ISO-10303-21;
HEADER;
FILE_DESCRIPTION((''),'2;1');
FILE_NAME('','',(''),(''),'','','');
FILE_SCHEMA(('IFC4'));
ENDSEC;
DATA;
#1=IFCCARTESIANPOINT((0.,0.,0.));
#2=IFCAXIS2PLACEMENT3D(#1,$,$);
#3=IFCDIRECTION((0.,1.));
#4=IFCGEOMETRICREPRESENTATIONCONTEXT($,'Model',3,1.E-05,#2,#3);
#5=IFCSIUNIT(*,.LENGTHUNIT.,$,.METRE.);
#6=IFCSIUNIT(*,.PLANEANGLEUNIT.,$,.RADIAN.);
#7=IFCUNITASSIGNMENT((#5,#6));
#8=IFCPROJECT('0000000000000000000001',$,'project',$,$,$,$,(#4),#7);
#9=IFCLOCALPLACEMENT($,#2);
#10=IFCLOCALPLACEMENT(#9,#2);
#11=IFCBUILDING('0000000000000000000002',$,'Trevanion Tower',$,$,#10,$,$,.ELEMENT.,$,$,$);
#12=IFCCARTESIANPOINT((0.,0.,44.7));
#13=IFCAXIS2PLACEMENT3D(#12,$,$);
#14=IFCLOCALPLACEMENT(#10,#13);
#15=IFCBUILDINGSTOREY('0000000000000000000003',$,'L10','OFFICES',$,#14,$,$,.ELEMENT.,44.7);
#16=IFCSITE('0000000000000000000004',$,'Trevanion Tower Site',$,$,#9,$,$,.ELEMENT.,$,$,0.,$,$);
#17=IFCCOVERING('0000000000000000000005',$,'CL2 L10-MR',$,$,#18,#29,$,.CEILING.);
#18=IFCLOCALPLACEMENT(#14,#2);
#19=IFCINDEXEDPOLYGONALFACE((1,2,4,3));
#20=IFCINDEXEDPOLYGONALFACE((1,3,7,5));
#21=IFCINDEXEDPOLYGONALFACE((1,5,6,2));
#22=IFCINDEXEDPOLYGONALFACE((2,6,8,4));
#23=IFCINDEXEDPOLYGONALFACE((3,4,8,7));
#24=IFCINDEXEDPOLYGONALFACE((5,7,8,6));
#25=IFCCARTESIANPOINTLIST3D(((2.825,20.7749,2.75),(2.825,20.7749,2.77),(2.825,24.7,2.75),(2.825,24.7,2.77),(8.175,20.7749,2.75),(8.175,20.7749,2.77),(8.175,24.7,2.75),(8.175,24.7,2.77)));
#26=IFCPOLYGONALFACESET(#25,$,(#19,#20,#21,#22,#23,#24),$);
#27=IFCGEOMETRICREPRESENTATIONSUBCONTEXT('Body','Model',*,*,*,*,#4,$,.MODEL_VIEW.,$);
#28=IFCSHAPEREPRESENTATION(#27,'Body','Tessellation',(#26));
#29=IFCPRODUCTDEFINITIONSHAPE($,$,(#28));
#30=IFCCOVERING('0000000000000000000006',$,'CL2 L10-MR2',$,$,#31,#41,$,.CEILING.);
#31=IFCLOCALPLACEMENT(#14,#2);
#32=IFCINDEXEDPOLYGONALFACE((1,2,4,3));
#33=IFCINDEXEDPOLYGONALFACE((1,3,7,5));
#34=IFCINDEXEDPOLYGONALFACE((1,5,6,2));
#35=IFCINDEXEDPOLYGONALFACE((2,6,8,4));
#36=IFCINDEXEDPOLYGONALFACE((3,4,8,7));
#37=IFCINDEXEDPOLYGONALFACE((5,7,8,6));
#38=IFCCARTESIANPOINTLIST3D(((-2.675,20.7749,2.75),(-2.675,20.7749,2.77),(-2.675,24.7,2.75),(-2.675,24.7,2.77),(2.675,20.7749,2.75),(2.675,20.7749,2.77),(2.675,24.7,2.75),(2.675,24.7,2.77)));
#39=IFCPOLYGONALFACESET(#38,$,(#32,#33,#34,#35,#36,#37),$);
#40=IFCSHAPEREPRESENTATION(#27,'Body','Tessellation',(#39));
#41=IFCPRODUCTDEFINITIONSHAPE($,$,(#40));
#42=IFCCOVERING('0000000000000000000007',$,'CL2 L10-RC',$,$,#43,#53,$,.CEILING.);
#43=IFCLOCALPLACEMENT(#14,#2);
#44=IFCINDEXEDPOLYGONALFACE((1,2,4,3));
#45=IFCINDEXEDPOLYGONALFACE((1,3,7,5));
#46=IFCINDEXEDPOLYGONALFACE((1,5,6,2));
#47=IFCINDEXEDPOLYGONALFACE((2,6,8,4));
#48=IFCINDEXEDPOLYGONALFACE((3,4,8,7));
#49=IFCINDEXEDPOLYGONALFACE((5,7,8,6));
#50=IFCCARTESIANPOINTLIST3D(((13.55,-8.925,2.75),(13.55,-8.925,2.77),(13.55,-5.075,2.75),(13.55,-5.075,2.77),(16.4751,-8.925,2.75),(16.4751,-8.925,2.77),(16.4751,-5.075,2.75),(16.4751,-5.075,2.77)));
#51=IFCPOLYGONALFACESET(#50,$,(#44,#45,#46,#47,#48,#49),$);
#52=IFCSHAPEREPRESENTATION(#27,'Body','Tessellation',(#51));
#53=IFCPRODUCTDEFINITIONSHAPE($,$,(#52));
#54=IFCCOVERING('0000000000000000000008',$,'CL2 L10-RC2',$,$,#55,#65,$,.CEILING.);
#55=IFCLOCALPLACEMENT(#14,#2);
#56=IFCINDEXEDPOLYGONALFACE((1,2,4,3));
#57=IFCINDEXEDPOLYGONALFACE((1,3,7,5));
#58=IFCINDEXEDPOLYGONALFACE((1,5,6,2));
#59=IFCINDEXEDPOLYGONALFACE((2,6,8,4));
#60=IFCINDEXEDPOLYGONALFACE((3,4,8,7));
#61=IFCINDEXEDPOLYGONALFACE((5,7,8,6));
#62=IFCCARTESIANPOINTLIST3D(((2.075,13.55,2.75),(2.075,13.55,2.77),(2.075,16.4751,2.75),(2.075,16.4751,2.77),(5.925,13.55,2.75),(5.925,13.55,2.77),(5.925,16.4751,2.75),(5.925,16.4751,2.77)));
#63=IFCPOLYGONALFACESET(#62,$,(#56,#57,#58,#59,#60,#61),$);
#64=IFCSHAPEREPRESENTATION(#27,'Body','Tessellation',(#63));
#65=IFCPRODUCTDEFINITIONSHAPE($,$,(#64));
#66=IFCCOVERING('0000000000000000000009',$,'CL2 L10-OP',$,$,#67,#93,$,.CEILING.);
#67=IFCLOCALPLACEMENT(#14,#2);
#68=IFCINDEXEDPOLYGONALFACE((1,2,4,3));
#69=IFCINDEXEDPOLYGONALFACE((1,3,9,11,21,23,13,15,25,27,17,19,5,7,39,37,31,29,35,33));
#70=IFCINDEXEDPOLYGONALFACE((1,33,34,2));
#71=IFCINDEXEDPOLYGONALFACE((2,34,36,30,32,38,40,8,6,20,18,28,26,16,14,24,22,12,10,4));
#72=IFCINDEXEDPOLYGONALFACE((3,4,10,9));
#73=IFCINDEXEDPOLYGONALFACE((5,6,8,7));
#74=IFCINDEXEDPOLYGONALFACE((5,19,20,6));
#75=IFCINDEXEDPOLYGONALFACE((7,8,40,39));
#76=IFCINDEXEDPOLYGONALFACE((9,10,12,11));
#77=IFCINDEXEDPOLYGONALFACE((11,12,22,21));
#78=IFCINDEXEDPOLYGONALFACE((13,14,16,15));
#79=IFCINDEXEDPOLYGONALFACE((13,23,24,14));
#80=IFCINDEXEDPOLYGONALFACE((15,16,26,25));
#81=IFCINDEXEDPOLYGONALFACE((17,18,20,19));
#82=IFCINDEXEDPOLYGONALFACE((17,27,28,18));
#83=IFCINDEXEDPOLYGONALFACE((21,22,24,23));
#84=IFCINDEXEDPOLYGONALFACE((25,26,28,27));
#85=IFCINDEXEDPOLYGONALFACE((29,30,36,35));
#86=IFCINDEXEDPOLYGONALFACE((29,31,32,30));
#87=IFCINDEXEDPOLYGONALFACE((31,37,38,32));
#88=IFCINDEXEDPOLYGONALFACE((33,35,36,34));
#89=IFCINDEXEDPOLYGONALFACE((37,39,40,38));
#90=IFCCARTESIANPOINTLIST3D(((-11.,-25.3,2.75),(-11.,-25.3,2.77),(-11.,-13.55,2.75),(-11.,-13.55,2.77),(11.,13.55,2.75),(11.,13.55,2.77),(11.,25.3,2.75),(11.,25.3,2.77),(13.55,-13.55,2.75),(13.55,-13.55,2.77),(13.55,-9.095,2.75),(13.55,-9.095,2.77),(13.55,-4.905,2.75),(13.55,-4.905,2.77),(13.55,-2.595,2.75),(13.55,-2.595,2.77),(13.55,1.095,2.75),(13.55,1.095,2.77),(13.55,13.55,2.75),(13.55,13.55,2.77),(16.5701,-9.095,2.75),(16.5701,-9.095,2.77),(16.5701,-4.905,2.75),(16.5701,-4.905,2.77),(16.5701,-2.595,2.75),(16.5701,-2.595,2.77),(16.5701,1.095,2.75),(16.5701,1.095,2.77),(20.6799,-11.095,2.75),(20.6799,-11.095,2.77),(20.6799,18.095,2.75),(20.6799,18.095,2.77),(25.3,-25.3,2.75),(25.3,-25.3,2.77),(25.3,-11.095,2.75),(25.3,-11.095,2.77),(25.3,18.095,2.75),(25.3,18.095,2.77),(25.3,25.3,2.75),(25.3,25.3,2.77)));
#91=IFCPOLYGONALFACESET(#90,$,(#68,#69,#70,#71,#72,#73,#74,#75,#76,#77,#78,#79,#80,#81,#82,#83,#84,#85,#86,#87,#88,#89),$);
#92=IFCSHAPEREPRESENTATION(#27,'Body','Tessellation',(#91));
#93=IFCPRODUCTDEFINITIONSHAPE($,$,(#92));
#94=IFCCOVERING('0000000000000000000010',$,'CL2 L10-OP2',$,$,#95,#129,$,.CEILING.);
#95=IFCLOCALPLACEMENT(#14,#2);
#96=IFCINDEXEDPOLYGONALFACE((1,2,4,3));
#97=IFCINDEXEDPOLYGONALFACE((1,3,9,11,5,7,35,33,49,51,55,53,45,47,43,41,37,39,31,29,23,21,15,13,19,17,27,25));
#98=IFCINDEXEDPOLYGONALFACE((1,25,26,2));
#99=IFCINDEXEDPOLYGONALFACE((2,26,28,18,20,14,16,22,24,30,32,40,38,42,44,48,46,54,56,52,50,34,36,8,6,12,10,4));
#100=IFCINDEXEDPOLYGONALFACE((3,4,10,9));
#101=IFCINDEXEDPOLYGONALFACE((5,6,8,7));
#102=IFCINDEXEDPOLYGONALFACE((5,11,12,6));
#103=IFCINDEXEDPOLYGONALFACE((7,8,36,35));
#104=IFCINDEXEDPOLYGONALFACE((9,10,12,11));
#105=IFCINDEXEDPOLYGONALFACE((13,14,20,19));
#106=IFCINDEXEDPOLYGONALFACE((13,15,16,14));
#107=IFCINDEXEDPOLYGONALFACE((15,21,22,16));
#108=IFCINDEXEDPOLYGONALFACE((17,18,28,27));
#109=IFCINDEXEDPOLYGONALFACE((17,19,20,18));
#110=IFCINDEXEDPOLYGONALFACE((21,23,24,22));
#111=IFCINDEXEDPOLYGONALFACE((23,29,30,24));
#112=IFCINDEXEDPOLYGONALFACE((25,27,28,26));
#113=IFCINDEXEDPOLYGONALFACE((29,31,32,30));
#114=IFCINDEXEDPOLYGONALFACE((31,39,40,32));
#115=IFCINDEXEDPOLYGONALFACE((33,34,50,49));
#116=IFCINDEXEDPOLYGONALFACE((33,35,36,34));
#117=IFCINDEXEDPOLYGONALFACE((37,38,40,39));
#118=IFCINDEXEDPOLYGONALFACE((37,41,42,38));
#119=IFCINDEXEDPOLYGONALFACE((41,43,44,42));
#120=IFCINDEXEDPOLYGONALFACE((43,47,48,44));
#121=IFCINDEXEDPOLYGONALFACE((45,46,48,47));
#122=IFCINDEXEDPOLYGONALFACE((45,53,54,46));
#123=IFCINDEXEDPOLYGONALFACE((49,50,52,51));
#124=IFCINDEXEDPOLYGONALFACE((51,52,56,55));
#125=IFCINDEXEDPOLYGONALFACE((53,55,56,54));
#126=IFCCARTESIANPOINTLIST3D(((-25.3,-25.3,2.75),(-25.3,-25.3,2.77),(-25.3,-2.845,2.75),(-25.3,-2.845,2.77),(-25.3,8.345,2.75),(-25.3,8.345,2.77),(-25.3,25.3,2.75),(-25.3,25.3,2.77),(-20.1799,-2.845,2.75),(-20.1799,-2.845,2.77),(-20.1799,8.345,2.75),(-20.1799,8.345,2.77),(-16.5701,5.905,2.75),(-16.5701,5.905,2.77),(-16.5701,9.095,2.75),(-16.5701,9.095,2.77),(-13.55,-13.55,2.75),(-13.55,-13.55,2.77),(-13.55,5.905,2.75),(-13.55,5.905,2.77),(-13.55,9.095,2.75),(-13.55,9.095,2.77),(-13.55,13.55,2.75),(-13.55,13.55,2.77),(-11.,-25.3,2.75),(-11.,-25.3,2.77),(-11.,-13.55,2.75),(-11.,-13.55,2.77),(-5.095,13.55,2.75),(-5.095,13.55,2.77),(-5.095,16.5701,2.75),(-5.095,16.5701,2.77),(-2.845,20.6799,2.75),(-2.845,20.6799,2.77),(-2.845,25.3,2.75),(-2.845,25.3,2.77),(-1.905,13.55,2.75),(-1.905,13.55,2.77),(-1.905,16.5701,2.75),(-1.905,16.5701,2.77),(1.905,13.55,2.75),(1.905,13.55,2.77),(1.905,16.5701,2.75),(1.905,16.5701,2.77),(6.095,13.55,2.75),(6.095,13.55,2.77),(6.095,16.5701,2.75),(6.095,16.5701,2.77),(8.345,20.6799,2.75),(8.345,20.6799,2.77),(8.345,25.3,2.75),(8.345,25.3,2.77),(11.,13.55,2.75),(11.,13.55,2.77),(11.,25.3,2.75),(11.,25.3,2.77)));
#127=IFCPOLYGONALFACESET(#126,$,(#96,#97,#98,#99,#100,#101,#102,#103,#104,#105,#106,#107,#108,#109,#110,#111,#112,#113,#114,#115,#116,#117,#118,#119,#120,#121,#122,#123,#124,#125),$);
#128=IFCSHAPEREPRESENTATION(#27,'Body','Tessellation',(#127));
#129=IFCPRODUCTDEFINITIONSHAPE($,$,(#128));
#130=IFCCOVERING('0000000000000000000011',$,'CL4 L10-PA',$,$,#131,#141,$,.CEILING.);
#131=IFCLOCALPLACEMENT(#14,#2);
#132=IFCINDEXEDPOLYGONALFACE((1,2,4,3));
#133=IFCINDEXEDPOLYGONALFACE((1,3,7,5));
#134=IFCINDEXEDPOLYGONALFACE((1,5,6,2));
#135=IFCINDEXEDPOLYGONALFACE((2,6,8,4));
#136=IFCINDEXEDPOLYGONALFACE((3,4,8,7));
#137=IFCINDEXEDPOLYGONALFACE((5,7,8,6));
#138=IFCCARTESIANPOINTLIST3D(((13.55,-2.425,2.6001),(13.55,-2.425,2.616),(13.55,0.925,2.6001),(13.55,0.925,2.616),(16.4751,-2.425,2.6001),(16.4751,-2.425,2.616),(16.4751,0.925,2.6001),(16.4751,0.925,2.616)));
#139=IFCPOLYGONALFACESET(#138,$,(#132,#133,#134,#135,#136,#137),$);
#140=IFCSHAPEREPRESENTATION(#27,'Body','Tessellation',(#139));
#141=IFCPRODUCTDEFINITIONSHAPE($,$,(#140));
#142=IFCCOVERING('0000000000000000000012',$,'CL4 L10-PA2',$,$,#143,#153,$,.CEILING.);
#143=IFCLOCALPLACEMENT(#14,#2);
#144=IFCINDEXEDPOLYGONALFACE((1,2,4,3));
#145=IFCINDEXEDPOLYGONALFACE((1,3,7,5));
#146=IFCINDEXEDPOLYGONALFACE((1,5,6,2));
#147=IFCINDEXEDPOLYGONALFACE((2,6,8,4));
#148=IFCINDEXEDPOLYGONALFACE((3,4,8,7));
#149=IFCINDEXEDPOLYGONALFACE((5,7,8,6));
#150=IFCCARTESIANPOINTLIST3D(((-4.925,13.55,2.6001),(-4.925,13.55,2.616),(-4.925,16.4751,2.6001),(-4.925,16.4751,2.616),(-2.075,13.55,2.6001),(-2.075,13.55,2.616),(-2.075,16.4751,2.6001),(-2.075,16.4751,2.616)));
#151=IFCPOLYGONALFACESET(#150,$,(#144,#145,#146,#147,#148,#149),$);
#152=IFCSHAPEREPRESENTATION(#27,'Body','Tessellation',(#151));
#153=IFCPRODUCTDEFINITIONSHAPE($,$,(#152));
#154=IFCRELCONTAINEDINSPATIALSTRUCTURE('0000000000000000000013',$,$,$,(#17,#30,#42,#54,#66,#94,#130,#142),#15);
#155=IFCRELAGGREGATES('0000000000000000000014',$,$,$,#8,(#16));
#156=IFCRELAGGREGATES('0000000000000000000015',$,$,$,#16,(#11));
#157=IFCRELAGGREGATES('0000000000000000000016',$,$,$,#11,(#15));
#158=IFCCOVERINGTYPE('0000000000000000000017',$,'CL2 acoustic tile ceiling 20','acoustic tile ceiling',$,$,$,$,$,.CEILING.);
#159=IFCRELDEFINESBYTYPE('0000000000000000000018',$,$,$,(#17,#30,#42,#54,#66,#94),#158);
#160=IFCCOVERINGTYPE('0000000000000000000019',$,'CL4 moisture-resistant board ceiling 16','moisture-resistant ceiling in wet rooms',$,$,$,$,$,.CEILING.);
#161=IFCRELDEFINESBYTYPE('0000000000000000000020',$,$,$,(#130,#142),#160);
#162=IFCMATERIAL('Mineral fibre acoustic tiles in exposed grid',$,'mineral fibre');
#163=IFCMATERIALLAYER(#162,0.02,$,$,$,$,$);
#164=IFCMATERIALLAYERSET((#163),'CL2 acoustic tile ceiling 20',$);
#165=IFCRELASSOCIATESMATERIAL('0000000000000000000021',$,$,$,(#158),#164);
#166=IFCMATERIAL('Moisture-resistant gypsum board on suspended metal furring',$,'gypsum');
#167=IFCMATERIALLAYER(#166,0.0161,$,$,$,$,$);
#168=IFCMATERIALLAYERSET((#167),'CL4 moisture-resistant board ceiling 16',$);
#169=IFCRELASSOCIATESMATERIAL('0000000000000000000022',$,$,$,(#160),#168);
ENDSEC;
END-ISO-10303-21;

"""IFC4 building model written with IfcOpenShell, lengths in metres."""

from ifc_helpers import new_model, si_unit, direction, frame, origin, place, context, subcontext, project, spatial, polyline, outline, extrude, material, layer, layer_set, type_object, element, save


model = new_model("IFC4")

# Units and contexts
model_context = context("Model", 3, precision=1e-05, world=origin(), true_north=direction((0.0, 1.0)))
body_context = subcontext(model_context, "Body", "Model", "MODEL_VIEW")
ifc_project = project(units=[si_unit("LENGTHUNIT", "METRE"), si_unit("PLANEANGLEUNIT", "RADIAN")], contexts=[model_context])

# Site, building, storey
site_placement = place(None, origin())
site = spatial("IfcSite", under=ifc_project, at=site_placement, Name="Trevanion Tower Site", CompositionType="ELEMENT", RefElevation=0.0)
building_placement = place(site_placement, origin())
building = spatial("IfcBuilding", under=site, at=building_placement, Name="Trevanion Tower", CompositionType="ELEMENT")
storey_placement = place(building_placement, frame((0.0, 0.0, 44.7)))
storey = spatial("IfcBuildingStorey", under=building, at=storey_placement, Name="L10", Description="OFFICES", CompositionType="ELEMENT", Elevation=44.7)

# Coverings
ifc_material_1 = material(Name="Mineral fibre acoustic tiles in exposed grid", Category="mineral fibre")
ifc_layer_1 = layer(ifc_material_1, 0.02)
ifc_layer_set_1 = layer_set([ifc_layer_1], Name="CL2 acoustic tile ceiling 20")
covering_type_1 = type_object("IfcCoveringType", Name="CL2 acoustic tile ceiling 20", Description="acoustic tile ceiling", PredefinedType="CEILING", material=ifc_layer_set_1)
covering_1_placement = place(storey_placement, frame((0.0, 0.0, 2.75)))
element("IfcCovering", 1, at=covering_1_placement, inside=storey, type_object=covering_type_1, Name="CL2 L10-MR", PredefinedType="CEILING", context=body_context, shape_type="SweptSolid", body=[
    extrude(outline(polyline([(8.175, 20.7749), (2.825, 20.7749), (2.825, 24.7), (8.175, 24.7), (8.175, 20.7749)])), origin(), (0.0, 0.0, 1.0), 0.02),
])
covering_2_placement = place(storey_placement, frame((0.0, 0.0, 2.75)))
element("IfcCovering", 2, at=covering_2_placement, inside=storey, type_object=covering_type_1, Name="CL2 L10-MR2", PredefinedType="CEILING", context=body_context, shape_type="SweptSolid", body=[
    extrude(outline(polyline([(2.675, 20.7749), (-2.675, 20.7749), (-2.675, 24.7), (2.675, 24.7), (2.675, 20.7749)])), origin(), (0.0, 0.0, 1.0), 0.02),
])
covering_3_placement = place(storey_placement, frame((0.0, 0.0, 2.75)))
element("IfcCovering", 3, at=covering_3_placement, inside=storey, type_object=covering_type_1, Name="CL2 L10-RC", PredefinedType="CEILING", context=body_context, shape_type="SweptSolid", body=[
    extrude(outline(polyline([(13.55, -8.925), (13.55, -5.075), (16.4751, -5.075), (16.4751, -8.925), (13.55, -8.925)])), origin(), (0.0, 0.0, 1.0), 0.02),
])
covering_4_placement = place(storey_placement, frame((0.0, 0.0, 2.75)))
element("IfcCovering", 4, at=covering_4_placement, inside=storey, type_object=covering_type_1, Name="CL2 L10-RC2", PredefinedType="CEILING", context=body_context, shape_type="SweptSolid", body=[
    extrude(outline(polyline([(5.925, 13.55), (2.075, 13.55), (2.075, 16.4751), (5.925, 16.4751), (5.925, 13.55)])), origin(), (0.0, 0.0, 1.0), 0.02),
])
covering_5_placement = place(storey_placement, frame((0.0, 0.0, 2.75)))
element("IfcCovering", 5, at=covering_5_placement, inside=storey, type_object=covering_type_1, Name="CL2 L10-OP", PredefinedType="CEILING", context=body_context, shape_type="SweptSolid", body=[
    extrude(outline(polyline([(13.55, -13.55), (13.55, -9.095), (16.5701, -9.095), (16.5701, -4.905), (13.55, -4.905), (13.55, -2.595), (16.5701, -2.595), (16.5701, 1.095), (13.55, 1.095), (13.55, 13.55), (11.0, 13.55), (11.0, 25.3), (25.3, 25.3), (25.3, 18.095), (20.6799, 18.095), (20.6799, -11.095), (25.3, -11.095), (25.3, -25.3), (-11.0, -25.3), (-11.0, -13.55), (13.55, -13.55)])), origin(), (0.0, 0.0, 1.0), 0.02),
])
covering_6_placement = place(storey_placement, frame((0.0, 0.0, 2.75)))
element("IfcCovering", 6, at=covering_6_placement, inside=storey, type_object=covering_type_1, Name="CL2 L10-OP2", PredefinedType="CEILING", context=body_context, shape_type="SweptSolid", body=[
    extrude(outline(polyline([(-11.0, -13.55), (-11.0, -25.3), (-25.3, -25.3), (-25.3, -2.845), (-20.1799, -2.845), (-20.1799, 8.345), (-25.3, 8.345), (-25.3, 25.3), (-2.845, 25.3), (-2.845, 20.6799), (8.345, 20.6799), (8.345, 25.3), (11.0, 25.3), (11.0, 13.55), (6.095, 13.55), (6.095, 16.5701), (1.905, 16.5701), (1.905, 13.55), (-1.905, 13.55), (-1.905, 16.5701), (-5.095, 16.5701), (-5.095, 13.55), (-13.55, 13.55), (-13.55, 9.095), (-16.5701, 9.095), (-16.5701, 5.905), (-13.55, 5.905), (-13.55, -13.55), (-11.0, -13.55)])), origin(), (0.0, 0.0, 1.0), 0.02),
])
ifc_material_2 = material(Name="Moisture-resistant gypsum board on suspended metal furring", Category="gypsum")
ifc_layer_2 = layer(ifc_material_2, 0.0161)
ifc_layer_set_2 = layer_set([ifc_layer_2], Name="CL4 moisture-resistant board ceiling 16")
covering_type_2 = type_object("IfcCoveringType", Name="CL4 moisture-resistant board ceiling 16", Description="moisture-resistant ceiling in wet rooms", PredefinedType="CEILING", material=ifc_layer_set_2)
covering_7_placement = place(storey_placement, frame((0.0, 0.0, 2.6001)))
element("IfcCovering", 7, at=covering_7_placement, inside=storey, type_object=covering_type_2, Name="CL4 L10-PA", PredefinedType="CEILING", context=body_context, shape_type="SweptSolid", body=[
    extrude(outline(polyline([(13.55, -2.425), (13.55, 0.925), (16.4751, 0.925), (16.4751, -2.425), (13.55, -2.425)])), origin(), (0.0, 0.0, 1.0), 0.0159),
])
covering_8_placement = place(storey_placement, frame((0.0, 0.0, 2.6001)))
element("IfcCovering", 8, at=covering_8_placement, inside=storey, type_object=covering_type_2, Name="CL4 L10-PA2", PredefinedType="CEILING", context=body_context, shape_type="SweptSolid", body=[
    extrude(outline(polyline([(-2.075, 13.55), (-4.925, 13.55), (-4.925, 16.4751), (-2.075, 16.4751), (-2.075, 13.55)])), origin(), (0.0, 0.0, 1.0), 0.0159),
])

save(model, "model.ifc")
